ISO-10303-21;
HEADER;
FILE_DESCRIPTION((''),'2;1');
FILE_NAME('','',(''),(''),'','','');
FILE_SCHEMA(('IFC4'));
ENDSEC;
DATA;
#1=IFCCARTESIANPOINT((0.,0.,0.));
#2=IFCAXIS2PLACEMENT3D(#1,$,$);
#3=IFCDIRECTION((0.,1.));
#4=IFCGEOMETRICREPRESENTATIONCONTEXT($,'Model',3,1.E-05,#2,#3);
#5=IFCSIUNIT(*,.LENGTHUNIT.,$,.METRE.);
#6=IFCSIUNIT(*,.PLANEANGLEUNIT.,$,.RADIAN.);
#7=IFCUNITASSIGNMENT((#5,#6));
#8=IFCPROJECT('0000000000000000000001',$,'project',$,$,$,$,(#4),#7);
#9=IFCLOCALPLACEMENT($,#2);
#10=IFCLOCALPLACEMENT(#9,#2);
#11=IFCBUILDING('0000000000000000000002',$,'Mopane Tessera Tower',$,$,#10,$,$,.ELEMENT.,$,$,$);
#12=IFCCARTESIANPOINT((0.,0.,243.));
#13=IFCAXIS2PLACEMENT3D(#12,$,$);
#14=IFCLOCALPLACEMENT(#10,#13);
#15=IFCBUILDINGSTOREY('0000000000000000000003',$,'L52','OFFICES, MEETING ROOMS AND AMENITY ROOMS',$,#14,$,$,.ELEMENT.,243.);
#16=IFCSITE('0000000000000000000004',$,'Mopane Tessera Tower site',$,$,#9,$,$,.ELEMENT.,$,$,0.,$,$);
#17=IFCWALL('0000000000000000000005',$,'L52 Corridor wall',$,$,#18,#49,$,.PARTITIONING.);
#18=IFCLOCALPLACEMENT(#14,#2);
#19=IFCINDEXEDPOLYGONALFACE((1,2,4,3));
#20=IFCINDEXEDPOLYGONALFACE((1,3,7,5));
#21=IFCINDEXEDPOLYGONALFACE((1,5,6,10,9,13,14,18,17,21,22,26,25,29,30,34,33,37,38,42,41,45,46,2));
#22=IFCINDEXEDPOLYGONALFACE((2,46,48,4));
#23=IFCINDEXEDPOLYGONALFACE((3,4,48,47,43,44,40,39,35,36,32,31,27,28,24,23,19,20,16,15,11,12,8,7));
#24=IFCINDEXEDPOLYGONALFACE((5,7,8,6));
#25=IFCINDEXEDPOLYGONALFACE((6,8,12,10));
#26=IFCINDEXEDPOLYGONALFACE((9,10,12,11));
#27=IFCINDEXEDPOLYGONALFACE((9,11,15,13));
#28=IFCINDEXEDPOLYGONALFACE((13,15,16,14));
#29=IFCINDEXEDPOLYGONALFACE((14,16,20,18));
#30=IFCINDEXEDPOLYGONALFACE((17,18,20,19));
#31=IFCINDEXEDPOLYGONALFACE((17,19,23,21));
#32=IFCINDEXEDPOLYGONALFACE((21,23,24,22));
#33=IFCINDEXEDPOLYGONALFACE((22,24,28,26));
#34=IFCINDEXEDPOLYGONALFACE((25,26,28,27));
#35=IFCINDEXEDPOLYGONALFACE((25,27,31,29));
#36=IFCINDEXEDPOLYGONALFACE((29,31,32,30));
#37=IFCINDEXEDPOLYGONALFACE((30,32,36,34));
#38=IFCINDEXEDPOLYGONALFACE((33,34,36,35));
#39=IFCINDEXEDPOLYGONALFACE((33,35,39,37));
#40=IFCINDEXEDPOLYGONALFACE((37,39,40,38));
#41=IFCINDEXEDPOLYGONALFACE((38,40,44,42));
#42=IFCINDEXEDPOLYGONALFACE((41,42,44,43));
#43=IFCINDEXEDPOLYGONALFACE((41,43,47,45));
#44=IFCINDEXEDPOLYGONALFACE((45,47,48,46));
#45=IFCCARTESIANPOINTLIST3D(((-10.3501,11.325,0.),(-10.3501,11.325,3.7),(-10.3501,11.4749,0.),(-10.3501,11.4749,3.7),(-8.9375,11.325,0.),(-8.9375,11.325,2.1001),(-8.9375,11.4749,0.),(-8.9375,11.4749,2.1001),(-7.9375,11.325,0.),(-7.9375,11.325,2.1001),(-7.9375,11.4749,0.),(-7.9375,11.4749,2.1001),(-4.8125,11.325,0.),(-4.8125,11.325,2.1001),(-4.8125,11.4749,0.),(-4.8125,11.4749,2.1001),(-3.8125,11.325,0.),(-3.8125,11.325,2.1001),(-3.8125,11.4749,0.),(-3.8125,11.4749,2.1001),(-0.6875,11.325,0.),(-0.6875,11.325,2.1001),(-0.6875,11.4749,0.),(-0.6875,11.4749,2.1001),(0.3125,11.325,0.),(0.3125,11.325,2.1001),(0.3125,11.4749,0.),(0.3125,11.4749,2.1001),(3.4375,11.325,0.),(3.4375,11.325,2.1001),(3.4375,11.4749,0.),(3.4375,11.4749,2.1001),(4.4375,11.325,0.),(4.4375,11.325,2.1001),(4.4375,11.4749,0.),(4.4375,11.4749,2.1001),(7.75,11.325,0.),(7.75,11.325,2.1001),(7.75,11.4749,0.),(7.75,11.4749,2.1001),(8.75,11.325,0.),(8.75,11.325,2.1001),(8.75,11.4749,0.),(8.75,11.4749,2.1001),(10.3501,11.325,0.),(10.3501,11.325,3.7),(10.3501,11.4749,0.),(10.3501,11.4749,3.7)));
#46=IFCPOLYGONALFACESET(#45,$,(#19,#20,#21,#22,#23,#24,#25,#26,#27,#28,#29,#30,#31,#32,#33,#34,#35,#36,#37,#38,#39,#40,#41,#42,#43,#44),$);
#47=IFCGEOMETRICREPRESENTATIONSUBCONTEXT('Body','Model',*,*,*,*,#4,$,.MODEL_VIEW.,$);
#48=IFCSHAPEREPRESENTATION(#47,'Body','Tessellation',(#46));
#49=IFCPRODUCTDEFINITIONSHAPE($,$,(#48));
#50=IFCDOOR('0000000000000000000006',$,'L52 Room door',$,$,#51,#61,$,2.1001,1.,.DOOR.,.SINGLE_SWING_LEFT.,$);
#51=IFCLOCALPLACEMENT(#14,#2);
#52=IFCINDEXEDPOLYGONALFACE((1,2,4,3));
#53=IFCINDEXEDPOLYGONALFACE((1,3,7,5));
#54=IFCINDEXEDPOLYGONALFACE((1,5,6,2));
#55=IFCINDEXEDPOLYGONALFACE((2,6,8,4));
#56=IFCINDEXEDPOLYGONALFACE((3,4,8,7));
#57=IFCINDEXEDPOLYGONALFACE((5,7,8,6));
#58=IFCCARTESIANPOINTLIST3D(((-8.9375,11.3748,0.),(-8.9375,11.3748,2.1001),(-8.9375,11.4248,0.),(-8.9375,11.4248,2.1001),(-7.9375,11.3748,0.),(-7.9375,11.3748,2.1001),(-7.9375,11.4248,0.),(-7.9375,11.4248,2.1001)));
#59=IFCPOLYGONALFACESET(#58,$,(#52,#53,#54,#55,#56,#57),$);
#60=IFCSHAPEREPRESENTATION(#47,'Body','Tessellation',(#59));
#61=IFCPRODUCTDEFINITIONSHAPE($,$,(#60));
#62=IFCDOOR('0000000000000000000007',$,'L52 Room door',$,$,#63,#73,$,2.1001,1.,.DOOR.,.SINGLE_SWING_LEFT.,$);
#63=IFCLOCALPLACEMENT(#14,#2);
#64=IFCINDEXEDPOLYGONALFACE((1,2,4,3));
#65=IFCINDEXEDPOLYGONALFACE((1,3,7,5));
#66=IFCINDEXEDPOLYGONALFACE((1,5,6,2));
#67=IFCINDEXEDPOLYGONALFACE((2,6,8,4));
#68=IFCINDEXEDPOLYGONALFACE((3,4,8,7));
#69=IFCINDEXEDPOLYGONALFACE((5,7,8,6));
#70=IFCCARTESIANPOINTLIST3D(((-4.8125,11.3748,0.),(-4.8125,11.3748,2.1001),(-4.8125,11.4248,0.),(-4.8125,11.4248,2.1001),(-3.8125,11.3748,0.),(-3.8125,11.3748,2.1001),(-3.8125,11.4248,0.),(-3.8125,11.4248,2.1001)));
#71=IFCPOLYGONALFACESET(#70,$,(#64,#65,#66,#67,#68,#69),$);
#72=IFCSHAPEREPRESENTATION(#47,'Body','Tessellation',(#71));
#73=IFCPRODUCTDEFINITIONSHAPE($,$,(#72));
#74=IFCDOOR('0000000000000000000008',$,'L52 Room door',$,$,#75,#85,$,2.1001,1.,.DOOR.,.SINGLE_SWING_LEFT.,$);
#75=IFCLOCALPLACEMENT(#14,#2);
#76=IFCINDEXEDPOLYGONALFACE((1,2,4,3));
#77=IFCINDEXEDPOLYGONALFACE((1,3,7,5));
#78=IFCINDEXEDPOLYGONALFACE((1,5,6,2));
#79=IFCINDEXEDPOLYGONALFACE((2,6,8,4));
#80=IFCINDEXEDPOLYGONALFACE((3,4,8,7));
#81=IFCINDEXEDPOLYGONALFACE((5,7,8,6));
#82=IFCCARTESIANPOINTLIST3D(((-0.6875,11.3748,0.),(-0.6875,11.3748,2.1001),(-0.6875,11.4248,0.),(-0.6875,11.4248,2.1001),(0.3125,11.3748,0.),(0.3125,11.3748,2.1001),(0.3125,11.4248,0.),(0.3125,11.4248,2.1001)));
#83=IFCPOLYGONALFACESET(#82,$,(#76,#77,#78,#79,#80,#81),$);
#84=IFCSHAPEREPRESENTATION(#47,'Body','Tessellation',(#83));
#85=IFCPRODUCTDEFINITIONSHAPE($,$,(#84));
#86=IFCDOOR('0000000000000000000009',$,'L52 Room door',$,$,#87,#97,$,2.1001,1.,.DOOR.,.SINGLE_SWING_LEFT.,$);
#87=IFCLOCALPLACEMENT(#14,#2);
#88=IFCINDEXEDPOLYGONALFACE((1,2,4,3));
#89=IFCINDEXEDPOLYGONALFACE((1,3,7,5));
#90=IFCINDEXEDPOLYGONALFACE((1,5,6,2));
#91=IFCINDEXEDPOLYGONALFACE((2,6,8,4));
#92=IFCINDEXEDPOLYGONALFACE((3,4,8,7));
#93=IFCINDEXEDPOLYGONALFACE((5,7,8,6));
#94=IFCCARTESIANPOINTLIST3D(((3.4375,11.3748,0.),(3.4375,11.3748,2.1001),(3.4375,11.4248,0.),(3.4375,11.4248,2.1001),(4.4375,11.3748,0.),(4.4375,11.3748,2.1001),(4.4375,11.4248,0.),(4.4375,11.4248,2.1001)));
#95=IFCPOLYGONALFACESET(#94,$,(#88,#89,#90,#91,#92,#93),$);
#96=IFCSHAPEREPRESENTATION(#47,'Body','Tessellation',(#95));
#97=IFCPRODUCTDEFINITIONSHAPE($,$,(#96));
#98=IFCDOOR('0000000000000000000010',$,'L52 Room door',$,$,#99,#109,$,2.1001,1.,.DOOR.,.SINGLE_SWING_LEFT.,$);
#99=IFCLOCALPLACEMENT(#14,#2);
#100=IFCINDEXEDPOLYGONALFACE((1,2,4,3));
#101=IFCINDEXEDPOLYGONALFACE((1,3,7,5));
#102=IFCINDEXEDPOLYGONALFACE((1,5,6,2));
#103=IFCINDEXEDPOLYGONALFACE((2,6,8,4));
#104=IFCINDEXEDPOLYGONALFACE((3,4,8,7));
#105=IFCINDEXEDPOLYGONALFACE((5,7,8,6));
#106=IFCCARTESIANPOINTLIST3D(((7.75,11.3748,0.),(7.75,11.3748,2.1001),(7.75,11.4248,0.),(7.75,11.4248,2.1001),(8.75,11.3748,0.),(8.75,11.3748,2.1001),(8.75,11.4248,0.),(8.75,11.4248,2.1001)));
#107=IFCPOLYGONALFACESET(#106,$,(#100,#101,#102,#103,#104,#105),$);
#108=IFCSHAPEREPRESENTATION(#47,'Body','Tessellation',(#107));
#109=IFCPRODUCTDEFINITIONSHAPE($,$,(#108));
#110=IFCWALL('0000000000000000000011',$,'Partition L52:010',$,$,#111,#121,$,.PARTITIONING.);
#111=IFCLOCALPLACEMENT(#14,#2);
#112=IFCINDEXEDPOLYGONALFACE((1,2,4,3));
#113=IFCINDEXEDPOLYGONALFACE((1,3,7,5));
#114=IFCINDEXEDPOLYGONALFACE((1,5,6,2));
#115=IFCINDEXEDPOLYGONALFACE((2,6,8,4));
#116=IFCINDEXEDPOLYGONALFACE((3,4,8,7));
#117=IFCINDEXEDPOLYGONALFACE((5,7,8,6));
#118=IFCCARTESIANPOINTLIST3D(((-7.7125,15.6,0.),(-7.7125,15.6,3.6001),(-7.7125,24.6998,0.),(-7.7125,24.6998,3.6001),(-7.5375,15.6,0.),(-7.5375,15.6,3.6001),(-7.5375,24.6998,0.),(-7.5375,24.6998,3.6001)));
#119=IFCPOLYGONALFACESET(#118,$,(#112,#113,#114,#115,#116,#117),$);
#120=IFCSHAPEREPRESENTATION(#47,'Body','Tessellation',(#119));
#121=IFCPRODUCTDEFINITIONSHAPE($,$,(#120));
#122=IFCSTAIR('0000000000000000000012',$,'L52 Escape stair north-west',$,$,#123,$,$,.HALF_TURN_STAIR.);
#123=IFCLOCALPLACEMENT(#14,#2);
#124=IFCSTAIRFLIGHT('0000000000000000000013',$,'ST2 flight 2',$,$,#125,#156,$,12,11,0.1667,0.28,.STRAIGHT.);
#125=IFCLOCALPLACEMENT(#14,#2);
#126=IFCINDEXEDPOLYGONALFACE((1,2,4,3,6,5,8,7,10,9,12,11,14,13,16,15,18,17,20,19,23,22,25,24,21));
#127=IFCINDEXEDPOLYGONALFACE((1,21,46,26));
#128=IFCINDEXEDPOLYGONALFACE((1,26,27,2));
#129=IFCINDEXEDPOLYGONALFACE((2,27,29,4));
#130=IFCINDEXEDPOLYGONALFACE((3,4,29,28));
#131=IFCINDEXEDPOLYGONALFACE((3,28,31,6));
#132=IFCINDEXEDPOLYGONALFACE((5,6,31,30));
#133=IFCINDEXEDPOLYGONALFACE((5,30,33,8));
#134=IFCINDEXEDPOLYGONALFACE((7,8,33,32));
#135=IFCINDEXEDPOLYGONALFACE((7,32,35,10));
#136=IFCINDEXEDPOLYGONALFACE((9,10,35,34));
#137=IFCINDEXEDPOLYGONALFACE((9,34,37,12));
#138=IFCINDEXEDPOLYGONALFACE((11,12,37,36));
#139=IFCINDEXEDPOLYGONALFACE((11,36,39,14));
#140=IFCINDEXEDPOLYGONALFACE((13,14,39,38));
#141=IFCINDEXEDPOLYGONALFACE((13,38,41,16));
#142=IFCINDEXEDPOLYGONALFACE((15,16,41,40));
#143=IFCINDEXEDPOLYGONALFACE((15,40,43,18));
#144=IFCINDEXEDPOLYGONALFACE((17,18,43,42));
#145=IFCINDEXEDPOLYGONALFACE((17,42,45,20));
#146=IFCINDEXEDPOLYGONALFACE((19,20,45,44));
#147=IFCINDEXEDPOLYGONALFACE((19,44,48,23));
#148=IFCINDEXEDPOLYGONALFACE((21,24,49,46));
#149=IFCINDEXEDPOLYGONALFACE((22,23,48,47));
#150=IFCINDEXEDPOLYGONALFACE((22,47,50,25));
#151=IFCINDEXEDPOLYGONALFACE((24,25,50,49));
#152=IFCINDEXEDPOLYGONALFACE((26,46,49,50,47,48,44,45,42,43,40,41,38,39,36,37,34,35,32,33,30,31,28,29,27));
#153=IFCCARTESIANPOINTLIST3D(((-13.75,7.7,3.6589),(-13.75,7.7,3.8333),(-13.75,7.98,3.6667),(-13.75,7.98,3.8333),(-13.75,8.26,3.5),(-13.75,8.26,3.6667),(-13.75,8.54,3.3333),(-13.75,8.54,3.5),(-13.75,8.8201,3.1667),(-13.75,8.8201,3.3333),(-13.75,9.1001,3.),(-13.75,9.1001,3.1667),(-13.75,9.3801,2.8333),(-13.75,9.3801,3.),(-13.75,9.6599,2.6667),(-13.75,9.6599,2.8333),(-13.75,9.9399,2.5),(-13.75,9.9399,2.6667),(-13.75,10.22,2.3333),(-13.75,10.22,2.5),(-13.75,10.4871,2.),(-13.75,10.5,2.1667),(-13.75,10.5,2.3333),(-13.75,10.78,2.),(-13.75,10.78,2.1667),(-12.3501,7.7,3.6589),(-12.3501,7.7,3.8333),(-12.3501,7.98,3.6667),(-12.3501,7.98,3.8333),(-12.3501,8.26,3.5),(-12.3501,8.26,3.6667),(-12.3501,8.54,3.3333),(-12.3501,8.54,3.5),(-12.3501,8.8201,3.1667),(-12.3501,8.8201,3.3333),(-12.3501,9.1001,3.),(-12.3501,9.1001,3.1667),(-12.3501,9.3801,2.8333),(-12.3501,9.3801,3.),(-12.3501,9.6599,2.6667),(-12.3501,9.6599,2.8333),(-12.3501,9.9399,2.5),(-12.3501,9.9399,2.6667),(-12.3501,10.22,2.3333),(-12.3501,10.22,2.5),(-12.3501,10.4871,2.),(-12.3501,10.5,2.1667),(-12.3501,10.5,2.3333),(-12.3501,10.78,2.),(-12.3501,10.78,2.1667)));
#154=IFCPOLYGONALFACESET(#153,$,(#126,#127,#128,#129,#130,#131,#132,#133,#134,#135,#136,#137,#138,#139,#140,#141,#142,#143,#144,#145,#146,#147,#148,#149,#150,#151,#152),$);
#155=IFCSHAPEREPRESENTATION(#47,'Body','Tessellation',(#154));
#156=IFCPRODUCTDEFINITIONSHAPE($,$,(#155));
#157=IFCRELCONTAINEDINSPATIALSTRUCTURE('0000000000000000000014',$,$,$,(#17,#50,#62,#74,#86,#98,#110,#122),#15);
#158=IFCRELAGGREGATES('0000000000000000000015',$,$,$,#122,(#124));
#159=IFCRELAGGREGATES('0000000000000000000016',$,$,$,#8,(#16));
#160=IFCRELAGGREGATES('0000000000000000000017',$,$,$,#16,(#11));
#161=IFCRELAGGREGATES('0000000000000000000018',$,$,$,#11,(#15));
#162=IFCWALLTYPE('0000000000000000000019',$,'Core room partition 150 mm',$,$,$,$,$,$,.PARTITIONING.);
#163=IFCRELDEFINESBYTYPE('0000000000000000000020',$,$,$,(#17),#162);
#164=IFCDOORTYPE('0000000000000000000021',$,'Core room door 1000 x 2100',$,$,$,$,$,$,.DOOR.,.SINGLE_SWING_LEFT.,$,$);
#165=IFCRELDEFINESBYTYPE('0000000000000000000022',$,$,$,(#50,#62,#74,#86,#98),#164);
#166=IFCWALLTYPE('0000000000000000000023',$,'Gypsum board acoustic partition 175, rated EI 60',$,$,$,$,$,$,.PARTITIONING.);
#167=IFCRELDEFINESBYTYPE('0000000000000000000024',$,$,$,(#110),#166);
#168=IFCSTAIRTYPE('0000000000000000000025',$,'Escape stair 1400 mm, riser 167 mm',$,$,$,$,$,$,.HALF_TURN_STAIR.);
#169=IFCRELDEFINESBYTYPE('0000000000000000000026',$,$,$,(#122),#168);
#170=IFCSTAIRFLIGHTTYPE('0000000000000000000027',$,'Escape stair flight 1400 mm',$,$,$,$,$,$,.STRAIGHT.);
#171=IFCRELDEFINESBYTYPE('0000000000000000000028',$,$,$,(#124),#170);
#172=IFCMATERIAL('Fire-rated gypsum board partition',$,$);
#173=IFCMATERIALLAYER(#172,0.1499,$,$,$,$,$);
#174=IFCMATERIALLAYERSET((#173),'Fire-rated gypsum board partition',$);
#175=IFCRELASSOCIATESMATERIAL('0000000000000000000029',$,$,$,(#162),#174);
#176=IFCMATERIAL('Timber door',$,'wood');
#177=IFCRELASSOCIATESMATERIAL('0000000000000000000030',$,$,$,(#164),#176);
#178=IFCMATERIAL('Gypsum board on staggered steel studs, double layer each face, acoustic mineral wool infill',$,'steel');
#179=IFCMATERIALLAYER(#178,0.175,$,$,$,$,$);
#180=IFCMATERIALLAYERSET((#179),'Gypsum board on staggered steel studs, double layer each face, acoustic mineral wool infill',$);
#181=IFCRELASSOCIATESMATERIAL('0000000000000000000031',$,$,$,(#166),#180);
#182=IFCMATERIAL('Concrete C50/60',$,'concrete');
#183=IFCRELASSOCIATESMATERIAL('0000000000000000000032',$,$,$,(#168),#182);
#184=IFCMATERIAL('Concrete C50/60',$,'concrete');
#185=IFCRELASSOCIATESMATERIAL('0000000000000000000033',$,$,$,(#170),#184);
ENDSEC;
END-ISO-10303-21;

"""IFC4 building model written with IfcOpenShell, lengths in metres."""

from ifc_helpers import new_model, si_unit, direction, frame, frame_2d, origin, place, context, subcontext, project, spatial, polyline, rectangle, outline, extrude, material, layer, layer_set, type_object, element, fill, aggregate, save


model = new_model("IFC4")

# Units and contexts
model_context = context("Model", 3, precision=1e-05, world=origin(), true_north=direction((0.0, 1.0)))
body_context = subcontext(model_context, "Body", "Model", "MODEL_VIEW")
ifc_project = project(units=[si_unit("LENGTHUNIT", "METRE"), si_unit("PLANEANGLEUNIT", "RADIAN")], contexts=[model_context])

# Site, building, storey
site_placement = place(None, origin())
site = spatial("IfcSite", under=ifc_project, at=site_placement, Name="Mopane Tessera Tower site", CompositionType="ELEMENT", RefElevation=0.0)
building_placement = place(site_placement, origin())
building = spatial("IfcBuilding", under=site, at=building_placement, Name="Mopane Tessera Tower", CompositionType="ELEMENT")
storey_placement = place(building_placement, frame((0.0, 0.0, 243.0)))
storey = spatial("IfcBuildingStorey", under=building, at=storey_placement, Name="L52", Description="OFFICES, MEETING ROOMS AND AMENITY ROOMS", CompositionType="ELEMENT", Elevation=243.0)

# Wall, openings, doors
ifc_material_1 = material(Name="Fire-rated gypsum board partition")
ifc_layer_1 = layer(ifc_material_1, 0.1499)
ifc_layer_set_1 = layer_set([ifc_layer_1], Name="Fire-rated gypsum board partition")
wall_type_1 = type_object("IfcWallType", Name="Core room partition 150 mm", PredefinedType="PARTITIONING", material=ifc_layer_set_1)
wall_1_placement = place(storey_placement, frame((-10.3501, 11.3999, 0.0), z_axis=(0.0, 0.0, 1.0), x_axis=(1.0, 0.0, 0.0)))
wall_1 = element("IfcWall", 1, at=wall_1_placement, inside=storey, type_object=wall_type_1, Name="L52 Corridor wall", PredefinedType="PARTITIONING", context=body_context, shape_type="SweptSolid", body=[
    extrude(rectangle(XDim=20.7002, YDim=0.1499, at=frame_2d((10.3501, 0.0))), origin(), (0.0, 0.0, 1.0), 3.7),
])
opening_1_placement = place(wall_1_placement, frame((1.4126, 0.0, 0.0)))
opening_1 = element("IfcOpeningElement", 2, at=opening_1_placement, cuts=wall_1, PredefinedType="OPENING", context=body_context, shape_type="SweptSolid", body=[
    extrude(rectangle(XDim=1.0, YDim=2.1001, at=frame_2d((0.5, 1.05))), frame((0.0, 0.0869, 0.0), z_axis=(0.0, -1.0, 0.0), x_axis=(1.0, 0.0, 0.0)), (0.0, 0.0, 1.0), 0.1738),
])
opening_2_placement = place(wall_1_placement, frame((5.5376, 0.0, 0.0)))
opening_2 = element("IfcOpeningElement", 3, at=opening_2_placement, cuts=wall_1, PredefinedType="OPENING", context=body_context, shape_type="SweptSolid", body=[
    extrude(rectangle(XDim=1.0, YDim=2.1001, at=frame_2d((0.5, 1.05))), frame((0.0, 0.0869, 0.0), z_axis=(0.0, -1.0, 0.0), x_axis=(1.0, 0.0, 0.0)), (0.0, 0.0, 1.0), 0.1738),
])
opening_3_placement = place(wall_1_placement, frame((9.6626, 0.0, 0.0)))
opening_3 = element("IfcOpeningElement", 4, at=opening_3_placement, cuts=wall_1, PredefinedType="OPENING", context=body_context, shape_type="SweptSolid", body=[
    extrude(rectangle(XDim=1.0, YDim=2.1001, at=frame_2d((0.5, 1.05))), frame((0.0, 0.0869, 0.0), z_axis=(0.0, -1.0, 0.0), x_axis=(1.0, 0.0, 0.0)), (0.0, 0.0, 1.0), 0.1738),
])
opening_4_placement = place(wall_1_placement, frame((13.7876, 0.0, 0.0)))
opening_4 = element("IfcOpeningElement", 5, at=opening_4_placement, cuts=wall_1, PredefinedType="OPENING", context=body_context, shape_type="SweptSolid", body=[
    extrude(rectangle(XDim=1.0, YDim=2.1001, at=frame_2d((0.5, 1.05))), frame((0.0, 0.0869, 0.0), z_axis=(0.0, -1.0, 0.0), x_axis=(1.0, 0.0, 0.0)), (0.0, 0.0, 1.0), 0.1738),
])
opening_5_placement = place(wall_1_placement, frame((18.1001, 0.0, 0.0)))
opening_5 = element("IfcOpeningElement", 6, at=opening_5_placement, cuts=wall_1, PredefinedType="OPENING", context=body_context, shape_type="SweptSolid", body=[
    extrude(rectangle(XDim=1.0, YDim=2.1001, at=frame_2d((0.5, 1.05))), frame((0.0, 0.0869, 0.0), z_axis=(0.0, -1.0, 0.0), x_axis=(1.0, 0.0, 0.0)), (0.0, 0.0, 1.0), 0.1738),
])
ifc_material_2 = material(Name="Timber door", Category="wood")
door_type = type_object("IfcDoorType", Name="Core room door 1000 x 2100", OperationType="SINGLE_SWING_LEFT", PredefinedType="DOOR", material=ifc_material_2)
door_1_placement = place(opening_1_placement, origin())
door_1 = element("IfcDoor", 7, at=door_1_placement, inside=storey, type_object=door_type, Name="L52 Room door", OperationType="SINGLE_SWING_LEFT", OverallHeight=2.1001, OverallWidth=1.0, PredefinedType="DOOR", context=body_context, shape_type="SweptSolid", body=[
    extrude(rectangle(XDim=1.0, YDim=2.1001, at=frame_2d((0.5, 1.05))), frame((0.0, 0.0249, 0.0), z_axis=(0.0, -1.0, 0.0), x_axis=(1.0, 0.0, 0.0)), (0.0, 0.0, 1.0), 0.05),
])
fill(opening_1, door_1)
door_2_placement = place(opening_2_placement, origin())
door_2 = element("IfcDoor", 8, at=door_2_placement, inside=storey, type_object=door_type, Name="L52 Room door", OperationType="SINGLE_SWING_LEFT", OverallHeight=2.1001, OverallWidth=1.0, PredefinedType="DOOR", context=body_context, shape_type="SweptSolid", body=[
    extrude(rectangle(XDim=1.0, YDim=2.1001, at=frame_2d((0.5, 1.05))), frame((0.0, 0.0249, 0.0), z_axis=(0.0, -1.0, 0.0), x_axis=(1.0, 0.0, 0.0)), (0.0, 0.0, 1.0), 0.05),
])
fill(opening_2, door_2)
door_3_placement = place(opening_3_placement, origin())
door_3 = element("IfcDoor", 9, at=door_3_placement, inside=storey, type_object=door_type, Name="L52 Room door", OperationType="SINGLE_SWING_LEFT", OverallHeight=2.1001, OverallWidth=1.0, PredefinedType="DOOR", context=body_context, shape_type="SweptSolid", body=[
    extrude(rectangle(XDim=1.0, YDim=2.1001, at=frame_2d((0.5, 1.05))), frame((0.0, 0.0249, 0.0), z_axis=(0.0, -1.0, 0.0), x_axis=(1.0, 0.0, 0.0)), (0.0, 0.0, 1.0), 0.05),
])
fill(opening_3, door_3)
door_4_placement = place(opening_4_placement, origin())
door_4 = element("IfcDoor", 10, at=door_4_placement, inside=storey, type_object=door_type, Name="L52 Room door", OperationType="SINGLE_SWING_LEFT", OverallHeight=2.1001, OverallWidth=1.0, PredefinedType="DOOR", context=body_context, shape_type="SweptSolid", body=[
    extrude(rectangle(XDim=1.0, YDim=2.1001, at=frame_2d((0.5, 1.05))), frame((0.0, 0.0249, 0.0), z_axis=(0.0, -1.0, 0.0), x_axis=(1.0, 0.0, 0.0)), (0.0, 0.0, 1.0), 0.05),
])
fill(opening_4, door_4)
door_5_placement = place(opening_5_placement, origin())
door_5 = element("IfcDoor", 11, at=door_5_placement, inside=storey, type_object=door_type, Name="L52 Room door", OperationType="SINGLE_SWING_LEFT", OverallHeight=2.1001, OverallWidth=1.0, PredefinedType="DOOR", context=body_context, shape_type="SweptSolid", body=[
    extrude(rectangle(XDim=1.0, YDim=2.1001, at=frame_2d((0.5, 1.05))), frame((0.0, 0.0249, 0.0), z_axis=(0.0, -1.0, 0.0), x_axis=(1.0, 0.0, 0.0)), (0.0, 0.0, 1.0), 0.05),
])
fill(opening_5, door_5)

# Wall
ifc_material_3 = material(Name="Gypsum board on staggered steel studs, double layer each face, acoustic mineral wool infill", Category="steel")
ifc_layer_2 = layer(ifc_material_3, 0.175)
ifc_layer_set_2 = layer_set([ifc_layer_2], Name="Gypsum board on staggered steel studs, double layer each face, acoustic mineral wool infill")
wall_type_2 = type_object("IfcWallType", Name="Gypsum board acoustic partition 175, rated EI 60", PredefinedType="PARTITIONING", material=ifc_layer_set_2)
wall_2_placement = place(storey_placement, frame((-7.625, 15.6001, 0.0), z_axis=(0.0, 0.0, 1.0), x_axis=(0.0, 1.0, 0.0)))
element("IfcWall", 12, at=wall_2_placement, inside=storey, type_object=wall_type_2, Name="Partition L52:010", PredefinedType="PARTITIONING", context=body_context, shape_type="SweptSolid", body=[
    extrude(rectangle(XDim=9.0999, YDim=0.175, at=frame_2d((4.5498, 0.0))), origin(), (0.0, 0.0, 1.0), 3.6001),
])

# Stair, stair flight
ifc_material_4 = material(Name="Concrete C50/60", Category="concrete")
stair_type = type_object("IfcStairType", Name="Escape stair 1400 mm, riser 167 mm", PredefinedType="HALF_TURN_STAIR", material=ifc_material_4)
stair_placement = place(storey_placement, origin())
stair = element("IfcStair", 13, at=stair_placement, inside=storey, type_object=stair_type, Name="L52 Escape stair north-west", PredefinedType="HALF_TURN_STAIR")
ifc_material_5 = material(Name="Concrete C50/60", Category="concrete")
stair_flight_type = type_object("IfcStairFlightType", Name="Escape stair flight 1400 mm", PredefinedType="STRAIGHT", material=ifc_material_5)
stair_flight_placement = place(storey_placement, frame((-13.05, 10.78, 2.0), z_axis=(0.0, 0.0, 1.0), x_axis=(0.0, -1.0, 0.0)))
stair_flight = element("IfcStairFlight", 14, at=stair_flight_placement, type_object=stair_flight_type, Name="ST2 flight 2", NumberOfRisers=12, NumberOfTreads=11, PredefinedType="STRAIGHT", RiserHeight=0.1667, TreadLength=0.28, context=body_context, shape_type="SweptSolid", body=[
    extrude(outline(polyline([(0.0, 0.0), (0.0, 0.1667), (0.28, 0.1667), (0.28, 0.3333), (0.5601, 0.3333), (0.5601, 0.5), (0.8401, 0.5), (0.8401, 0.6667), (1.1201, 0.6667), (1.1201, 0.8333), (1.3999, 0.8333), (1.3999, 1.0), (1.6799, 1.0), (1.6799, 1.1667), (1.96, 1.1667), (1.96, 1.3333), (2.24, 1.3333), (2.24, 1.5), (2.52, 1.5), (2.52, 1.6667), (2.8, 1.6667), (2.8, 1.8333), (3.0801, 1.8333), (3.0801, 2.0), (3.0801, 1.6589), (0.293, 0.0), (0.0, 0.0)])), frame((0.0, 0.7, 0.0), z_axis=(0.0, -1.0, 0.0), x_axis=(1.0, 0.0, 0.0)), (0.0, 0.0, 1.0), 1.3999),
])
aggregate(stair, [stair_flight])

save(model, "model.ifc")
